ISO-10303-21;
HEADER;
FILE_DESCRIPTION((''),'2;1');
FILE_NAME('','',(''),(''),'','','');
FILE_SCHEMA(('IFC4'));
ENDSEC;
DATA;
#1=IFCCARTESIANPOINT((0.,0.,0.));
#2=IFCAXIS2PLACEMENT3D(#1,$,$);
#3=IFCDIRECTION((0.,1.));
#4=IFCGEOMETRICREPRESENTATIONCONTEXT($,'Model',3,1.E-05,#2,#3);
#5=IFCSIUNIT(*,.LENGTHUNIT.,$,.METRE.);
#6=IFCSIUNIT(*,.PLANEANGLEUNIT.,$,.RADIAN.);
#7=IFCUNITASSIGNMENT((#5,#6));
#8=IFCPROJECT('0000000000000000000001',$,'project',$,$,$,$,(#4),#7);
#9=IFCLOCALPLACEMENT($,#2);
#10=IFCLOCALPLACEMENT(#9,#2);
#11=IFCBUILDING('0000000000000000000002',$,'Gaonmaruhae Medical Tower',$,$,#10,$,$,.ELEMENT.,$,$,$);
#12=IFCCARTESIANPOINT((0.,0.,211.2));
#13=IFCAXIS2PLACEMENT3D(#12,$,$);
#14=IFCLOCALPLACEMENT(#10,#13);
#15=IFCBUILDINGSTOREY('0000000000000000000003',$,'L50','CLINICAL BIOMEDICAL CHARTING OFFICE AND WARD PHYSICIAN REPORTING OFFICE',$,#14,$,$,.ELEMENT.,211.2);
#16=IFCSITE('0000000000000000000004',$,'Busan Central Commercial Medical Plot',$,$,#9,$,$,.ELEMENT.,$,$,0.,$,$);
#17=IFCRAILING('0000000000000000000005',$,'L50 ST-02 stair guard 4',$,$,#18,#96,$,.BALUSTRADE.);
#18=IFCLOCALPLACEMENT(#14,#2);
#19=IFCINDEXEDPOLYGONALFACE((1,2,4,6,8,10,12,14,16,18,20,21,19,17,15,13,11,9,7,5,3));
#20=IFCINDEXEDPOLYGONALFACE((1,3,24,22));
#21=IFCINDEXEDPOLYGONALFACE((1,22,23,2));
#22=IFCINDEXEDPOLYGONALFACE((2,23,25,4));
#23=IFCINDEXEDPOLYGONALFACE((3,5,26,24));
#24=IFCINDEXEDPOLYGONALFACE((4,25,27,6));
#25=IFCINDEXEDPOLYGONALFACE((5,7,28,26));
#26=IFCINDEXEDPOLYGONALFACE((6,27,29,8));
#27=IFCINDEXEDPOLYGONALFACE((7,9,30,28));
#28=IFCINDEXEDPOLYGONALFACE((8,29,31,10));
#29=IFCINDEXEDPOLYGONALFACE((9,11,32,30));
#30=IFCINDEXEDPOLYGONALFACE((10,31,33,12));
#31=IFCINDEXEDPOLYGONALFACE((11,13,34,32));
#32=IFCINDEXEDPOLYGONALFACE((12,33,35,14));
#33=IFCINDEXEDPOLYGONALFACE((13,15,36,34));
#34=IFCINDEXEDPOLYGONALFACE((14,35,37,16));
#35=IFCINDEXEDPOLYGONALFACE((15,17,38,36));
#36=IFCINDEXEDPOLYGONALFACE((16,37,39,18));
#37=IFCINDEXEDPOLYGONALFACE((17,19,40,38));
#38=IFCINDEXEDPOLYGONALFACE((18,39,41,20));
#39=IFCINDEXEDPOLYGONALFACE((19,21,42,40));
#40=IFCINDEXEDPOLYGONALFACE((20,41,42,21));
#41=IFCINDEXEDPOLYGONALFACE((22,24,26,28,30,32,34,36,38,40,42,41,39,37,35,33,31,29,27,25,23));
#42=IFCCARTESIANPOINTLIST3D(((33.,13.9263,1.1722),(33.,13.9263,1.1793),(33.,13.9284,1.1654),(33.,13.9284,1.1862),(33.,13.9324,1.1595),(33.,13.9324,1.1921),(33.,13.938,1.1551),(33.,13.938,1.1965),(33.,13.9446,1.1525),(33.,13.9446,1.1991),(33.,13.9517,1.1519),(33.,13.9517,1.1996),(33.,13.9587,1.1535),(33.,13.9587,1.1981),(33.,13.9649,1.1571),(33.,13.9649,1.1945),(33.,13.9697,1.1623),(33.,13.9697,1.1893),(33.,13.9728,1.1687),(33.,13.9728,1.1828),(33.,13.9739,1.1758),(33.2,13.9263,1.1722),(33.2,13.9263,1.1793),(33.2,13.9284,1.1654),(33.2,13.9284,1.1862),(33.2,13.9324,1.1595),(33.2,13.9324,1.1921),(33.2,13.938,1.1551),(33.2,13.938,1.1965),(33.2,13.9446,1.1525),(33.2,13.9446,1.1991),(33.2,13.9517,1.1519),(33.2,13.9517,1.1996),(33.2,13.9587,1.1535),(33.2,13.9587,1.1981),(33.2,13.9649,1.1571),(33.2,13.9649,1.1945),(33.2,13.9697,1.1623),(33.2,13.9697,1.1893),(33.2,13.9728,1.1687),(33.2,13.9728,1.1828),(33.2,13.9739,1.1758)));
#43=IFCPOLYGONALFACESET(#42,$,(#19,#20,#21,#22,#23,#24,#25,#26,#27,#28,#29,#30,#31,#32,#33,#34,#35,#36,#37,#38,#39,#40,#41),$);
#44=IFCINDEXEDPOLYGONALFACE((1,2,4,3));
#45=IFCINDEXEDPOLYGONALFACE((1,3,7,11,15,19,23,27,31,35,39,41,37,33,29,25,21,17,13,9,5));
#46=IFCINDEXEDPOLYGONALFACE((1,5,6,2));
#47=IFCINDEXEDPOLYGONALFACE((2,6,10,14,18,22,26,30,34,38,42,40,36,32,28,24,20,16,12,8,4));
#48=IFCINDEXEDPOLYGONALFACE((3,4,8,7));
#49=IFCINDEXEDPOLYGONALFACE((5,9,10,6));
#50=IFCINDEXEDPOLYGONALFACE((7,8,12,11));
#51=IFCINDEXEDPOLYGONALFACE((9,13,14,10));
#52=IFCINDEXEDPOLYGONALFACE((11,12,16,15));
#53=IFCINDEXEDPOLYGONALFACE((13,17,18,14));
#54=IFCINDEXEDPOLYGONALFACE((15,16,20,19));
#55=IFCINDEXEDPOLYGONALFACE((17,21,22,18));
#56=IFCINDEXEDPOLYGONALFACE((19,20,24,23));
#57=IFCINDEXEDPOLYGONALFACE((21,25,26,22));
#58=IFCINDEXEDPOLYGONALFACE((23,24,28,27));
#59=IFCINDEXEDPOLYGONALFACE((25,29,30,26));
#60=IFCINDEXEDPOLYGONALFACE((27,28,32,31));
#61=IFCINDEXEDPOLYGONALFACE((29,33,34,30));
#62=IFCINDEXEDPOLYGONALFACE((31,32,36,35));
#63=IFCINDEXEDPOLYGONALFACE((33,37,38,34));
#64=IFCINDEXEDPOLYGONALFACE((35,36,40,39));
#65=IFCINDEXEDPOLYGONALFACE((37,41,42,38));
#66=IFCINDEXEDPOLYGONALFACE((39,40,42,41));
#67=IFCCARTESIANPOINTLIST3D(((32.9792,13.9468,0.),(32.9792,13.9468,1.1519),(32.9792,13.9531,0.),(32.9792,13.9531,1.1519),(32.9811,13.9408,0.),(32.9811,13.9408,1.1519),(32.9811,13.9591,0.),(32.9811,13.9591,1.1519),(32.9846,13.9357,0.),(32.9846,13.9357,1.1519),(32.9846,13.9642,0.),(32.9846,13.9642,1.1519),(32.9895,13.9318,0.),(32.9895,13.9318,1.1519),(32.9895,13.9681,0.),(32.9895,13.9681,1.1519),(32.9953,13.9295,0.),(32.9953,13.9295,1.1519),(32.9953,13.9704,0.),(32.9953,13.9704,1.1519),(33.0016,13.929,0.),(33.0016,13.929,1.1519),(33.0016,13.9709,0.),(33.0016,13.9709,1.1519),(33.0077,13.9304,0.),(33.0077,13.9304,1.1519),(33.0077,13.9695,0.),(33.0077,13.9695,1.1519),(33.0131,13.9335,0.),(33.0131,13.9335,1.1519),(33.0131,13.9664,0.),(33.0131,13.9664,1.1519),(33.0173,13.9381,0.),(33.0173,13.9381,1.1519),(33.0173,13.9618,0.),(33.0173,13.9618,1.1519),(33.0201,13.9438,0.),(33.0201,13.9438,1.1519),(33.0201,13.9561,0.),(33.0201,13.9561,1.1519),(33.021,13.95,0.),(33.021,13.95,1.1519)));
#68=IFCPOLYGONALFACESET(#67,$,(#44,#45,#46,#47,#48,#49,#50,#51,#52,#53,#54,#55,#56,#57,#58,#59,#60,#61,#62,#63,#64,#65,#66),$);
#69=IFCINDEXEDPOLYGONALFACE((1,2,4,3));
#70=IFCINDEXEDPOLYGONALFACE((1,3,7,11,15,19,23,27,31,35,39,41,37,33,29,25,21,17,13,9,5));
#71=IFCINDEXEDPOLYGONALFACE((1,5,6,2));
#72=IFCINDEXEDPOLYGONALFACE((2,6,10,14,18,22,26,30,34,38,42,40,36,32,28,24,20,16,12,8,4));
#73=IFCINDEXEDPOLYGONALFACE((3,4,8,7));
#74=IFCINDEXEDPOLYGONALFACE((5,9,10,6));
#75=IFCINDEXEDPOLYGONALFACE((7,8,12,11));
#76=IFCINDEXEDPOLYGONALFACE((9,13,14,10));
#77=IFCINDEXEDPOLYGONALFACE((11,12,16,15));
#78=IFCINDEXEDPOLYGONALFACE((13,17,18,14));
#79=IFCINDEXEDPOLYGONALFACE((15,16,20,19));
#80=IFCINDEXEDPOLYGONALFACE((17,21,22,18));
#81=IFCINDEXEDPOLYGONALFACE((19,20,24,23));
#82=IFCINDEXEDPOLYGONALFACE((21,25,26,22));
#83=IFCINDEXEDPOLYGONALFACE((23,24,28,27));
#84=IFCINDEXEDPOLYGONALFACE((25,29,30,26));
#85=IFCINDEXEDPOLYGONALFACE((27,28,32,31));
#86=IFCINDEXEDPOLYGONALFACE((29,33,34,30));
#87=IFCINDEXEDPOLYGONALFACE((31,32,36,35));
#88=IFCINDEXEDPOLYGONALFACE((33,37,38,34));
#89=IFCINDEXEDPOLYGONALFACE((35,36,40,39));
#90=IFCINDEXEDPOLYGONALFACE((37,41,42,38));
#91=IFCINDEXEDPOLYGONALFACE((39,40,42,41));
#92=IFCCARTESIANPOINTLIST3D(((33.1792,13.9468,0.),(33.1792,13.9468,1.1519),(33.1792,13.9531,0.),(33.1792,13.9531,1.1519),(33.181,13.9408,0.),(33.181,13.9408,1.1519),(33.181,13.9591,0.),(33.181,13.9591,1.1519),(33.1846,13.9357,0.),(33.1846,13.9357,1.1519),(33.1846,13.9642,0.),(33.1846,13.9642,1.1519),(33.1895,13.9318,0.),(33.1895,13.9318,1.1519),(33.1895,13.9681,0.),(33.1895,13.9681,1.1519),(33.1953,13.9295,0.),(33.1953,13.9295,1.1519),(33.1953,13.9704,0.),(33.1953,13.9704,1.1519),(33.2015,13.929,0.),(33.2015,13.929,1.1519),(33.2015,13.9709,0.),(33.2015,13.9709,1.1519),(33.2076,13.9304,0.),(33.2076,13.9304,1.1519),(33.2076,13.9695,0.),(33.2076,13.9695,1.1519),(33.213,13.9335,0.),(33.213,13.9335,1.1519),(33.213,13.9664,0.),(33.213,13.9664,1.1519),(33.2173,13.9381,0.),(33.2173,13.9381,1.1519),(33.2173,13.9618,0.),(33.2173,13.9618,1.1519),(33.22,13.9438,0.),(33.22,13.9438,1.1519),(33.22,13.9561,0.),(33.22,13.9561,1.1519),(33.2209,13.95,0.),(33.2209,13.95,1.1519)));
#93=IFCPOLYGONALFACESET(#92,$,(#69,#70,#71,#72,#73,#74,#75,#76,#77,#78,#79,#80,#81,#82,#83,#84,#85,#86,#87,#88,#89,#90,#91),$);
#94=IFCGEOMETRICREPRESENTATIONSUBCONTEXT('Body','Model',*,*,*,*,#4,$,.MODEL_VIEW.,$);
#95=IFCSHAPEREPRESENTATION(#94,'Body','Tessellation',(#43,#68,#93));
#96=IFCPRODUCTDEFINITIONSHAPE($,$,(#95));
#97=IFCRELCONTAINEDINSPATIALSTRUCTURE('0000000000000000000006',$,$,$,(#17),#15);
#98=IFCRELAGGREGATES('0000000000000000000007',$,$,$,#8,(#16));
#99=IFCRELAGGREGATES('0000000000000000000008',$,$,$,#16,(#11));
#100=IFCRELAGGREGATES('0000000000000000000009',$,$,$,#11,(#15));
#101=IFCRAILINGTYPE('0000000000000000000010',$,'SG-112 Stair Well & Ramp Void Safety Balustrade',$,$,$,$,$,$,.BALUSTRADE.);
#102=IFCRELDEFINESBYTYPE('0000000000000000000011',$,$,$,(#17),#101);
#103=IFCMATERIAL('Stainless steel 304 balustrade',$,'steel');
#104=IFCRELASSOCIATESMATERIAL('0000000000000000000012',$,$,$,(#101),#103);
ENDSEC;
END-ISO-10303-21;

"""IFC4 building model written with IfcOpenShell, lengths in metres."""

from ifc_helpers import new_model, si_unit, direction, frame, origin, origin_2d, place, context, subcontext, project, spatial, circle, extrude, material, type_object, element, save


model = new_model("IFC4")

# Units and contexts
model_context = context("Model", 3, precision=1e-05, world=origin(), true_north=direction((0.0, 1.0)))
body_context = subcontext(model_context, "Body", "Model", "MODEL_VIEW")
ifc_project = project(units=[si_unit("LENGTHUNIT", "METRE"), si_unit("PLANEANGLEUNIT", "RADIAN")], contexts=[model_context])

# Site, building, storey
site_placement = place(None, origin())
site = spatial("IfcSite", under=ifc_project, at=site_placement, Name="Busan Central Commercial Medical Plot", CompositionType="ELEMENT", RefElevation=0.0)
building_placement = place(site_placement, origin())
building = spatial("IfcBuilding", under=site, at=building_placement, Name="Gaonmaruhae Medical Tower", CompositionType="ELEMENT")
storey_placement = place(building_placement, frame((0.0, 0.0, 211.2)))
storey = spatial("IfcBuildingStorey", under=building, at=storey_placement, Name="L50", Description="CLINICAL BIOMEDICAL CHARTING OFFICE AND WARD PHYSICIAN REPORTING OFFICE", CompositionType="ELEMENT", Elevation=211.2)

# Railing
ifc_material_1 = material(Name="Stainless steel 304 balustrade", Category="steel")
railing_type_1 = type_object("IfcRailingType", Name="SG-112 Stair Well & Ramp Void Safety Balustrade", PredefinedType="BALUSTRADE", material=ifc_material_1)
railing_1_placement = place(storey_placement, frame((33.0, 13.95, 0.0)))
element("IfcRailing", 1, at=railing_1_placement, inside=storey, type_object=railing_type_1, Name="L50 ST-02 stair guard 4", PredefinedType="BALUSTRADE", context=body_context, shape_type="SweptSolid", body=[
    extrude(circle(Radius=0.0239, at=origin_2d()), frame((0.0, 0.0, 1.1758), z_axis=(1.0, 0.0, 0.0), x_axis=(0.0, 1.0, 0.0)), (0.0, 0.0, 1.0), 0.2),
    extrude(circle(Radius=0.021, at=origin_2d()), origin(), (0.0, 0.0, 1.0), 1.1519),
    extrude(circle(Radius=0.021, at=origin_2d()), frame((0.2, 0.0, 0.0)), (0.0, 0.0, 1.0), 1.1519),
])

save(model, "model.ifc")
